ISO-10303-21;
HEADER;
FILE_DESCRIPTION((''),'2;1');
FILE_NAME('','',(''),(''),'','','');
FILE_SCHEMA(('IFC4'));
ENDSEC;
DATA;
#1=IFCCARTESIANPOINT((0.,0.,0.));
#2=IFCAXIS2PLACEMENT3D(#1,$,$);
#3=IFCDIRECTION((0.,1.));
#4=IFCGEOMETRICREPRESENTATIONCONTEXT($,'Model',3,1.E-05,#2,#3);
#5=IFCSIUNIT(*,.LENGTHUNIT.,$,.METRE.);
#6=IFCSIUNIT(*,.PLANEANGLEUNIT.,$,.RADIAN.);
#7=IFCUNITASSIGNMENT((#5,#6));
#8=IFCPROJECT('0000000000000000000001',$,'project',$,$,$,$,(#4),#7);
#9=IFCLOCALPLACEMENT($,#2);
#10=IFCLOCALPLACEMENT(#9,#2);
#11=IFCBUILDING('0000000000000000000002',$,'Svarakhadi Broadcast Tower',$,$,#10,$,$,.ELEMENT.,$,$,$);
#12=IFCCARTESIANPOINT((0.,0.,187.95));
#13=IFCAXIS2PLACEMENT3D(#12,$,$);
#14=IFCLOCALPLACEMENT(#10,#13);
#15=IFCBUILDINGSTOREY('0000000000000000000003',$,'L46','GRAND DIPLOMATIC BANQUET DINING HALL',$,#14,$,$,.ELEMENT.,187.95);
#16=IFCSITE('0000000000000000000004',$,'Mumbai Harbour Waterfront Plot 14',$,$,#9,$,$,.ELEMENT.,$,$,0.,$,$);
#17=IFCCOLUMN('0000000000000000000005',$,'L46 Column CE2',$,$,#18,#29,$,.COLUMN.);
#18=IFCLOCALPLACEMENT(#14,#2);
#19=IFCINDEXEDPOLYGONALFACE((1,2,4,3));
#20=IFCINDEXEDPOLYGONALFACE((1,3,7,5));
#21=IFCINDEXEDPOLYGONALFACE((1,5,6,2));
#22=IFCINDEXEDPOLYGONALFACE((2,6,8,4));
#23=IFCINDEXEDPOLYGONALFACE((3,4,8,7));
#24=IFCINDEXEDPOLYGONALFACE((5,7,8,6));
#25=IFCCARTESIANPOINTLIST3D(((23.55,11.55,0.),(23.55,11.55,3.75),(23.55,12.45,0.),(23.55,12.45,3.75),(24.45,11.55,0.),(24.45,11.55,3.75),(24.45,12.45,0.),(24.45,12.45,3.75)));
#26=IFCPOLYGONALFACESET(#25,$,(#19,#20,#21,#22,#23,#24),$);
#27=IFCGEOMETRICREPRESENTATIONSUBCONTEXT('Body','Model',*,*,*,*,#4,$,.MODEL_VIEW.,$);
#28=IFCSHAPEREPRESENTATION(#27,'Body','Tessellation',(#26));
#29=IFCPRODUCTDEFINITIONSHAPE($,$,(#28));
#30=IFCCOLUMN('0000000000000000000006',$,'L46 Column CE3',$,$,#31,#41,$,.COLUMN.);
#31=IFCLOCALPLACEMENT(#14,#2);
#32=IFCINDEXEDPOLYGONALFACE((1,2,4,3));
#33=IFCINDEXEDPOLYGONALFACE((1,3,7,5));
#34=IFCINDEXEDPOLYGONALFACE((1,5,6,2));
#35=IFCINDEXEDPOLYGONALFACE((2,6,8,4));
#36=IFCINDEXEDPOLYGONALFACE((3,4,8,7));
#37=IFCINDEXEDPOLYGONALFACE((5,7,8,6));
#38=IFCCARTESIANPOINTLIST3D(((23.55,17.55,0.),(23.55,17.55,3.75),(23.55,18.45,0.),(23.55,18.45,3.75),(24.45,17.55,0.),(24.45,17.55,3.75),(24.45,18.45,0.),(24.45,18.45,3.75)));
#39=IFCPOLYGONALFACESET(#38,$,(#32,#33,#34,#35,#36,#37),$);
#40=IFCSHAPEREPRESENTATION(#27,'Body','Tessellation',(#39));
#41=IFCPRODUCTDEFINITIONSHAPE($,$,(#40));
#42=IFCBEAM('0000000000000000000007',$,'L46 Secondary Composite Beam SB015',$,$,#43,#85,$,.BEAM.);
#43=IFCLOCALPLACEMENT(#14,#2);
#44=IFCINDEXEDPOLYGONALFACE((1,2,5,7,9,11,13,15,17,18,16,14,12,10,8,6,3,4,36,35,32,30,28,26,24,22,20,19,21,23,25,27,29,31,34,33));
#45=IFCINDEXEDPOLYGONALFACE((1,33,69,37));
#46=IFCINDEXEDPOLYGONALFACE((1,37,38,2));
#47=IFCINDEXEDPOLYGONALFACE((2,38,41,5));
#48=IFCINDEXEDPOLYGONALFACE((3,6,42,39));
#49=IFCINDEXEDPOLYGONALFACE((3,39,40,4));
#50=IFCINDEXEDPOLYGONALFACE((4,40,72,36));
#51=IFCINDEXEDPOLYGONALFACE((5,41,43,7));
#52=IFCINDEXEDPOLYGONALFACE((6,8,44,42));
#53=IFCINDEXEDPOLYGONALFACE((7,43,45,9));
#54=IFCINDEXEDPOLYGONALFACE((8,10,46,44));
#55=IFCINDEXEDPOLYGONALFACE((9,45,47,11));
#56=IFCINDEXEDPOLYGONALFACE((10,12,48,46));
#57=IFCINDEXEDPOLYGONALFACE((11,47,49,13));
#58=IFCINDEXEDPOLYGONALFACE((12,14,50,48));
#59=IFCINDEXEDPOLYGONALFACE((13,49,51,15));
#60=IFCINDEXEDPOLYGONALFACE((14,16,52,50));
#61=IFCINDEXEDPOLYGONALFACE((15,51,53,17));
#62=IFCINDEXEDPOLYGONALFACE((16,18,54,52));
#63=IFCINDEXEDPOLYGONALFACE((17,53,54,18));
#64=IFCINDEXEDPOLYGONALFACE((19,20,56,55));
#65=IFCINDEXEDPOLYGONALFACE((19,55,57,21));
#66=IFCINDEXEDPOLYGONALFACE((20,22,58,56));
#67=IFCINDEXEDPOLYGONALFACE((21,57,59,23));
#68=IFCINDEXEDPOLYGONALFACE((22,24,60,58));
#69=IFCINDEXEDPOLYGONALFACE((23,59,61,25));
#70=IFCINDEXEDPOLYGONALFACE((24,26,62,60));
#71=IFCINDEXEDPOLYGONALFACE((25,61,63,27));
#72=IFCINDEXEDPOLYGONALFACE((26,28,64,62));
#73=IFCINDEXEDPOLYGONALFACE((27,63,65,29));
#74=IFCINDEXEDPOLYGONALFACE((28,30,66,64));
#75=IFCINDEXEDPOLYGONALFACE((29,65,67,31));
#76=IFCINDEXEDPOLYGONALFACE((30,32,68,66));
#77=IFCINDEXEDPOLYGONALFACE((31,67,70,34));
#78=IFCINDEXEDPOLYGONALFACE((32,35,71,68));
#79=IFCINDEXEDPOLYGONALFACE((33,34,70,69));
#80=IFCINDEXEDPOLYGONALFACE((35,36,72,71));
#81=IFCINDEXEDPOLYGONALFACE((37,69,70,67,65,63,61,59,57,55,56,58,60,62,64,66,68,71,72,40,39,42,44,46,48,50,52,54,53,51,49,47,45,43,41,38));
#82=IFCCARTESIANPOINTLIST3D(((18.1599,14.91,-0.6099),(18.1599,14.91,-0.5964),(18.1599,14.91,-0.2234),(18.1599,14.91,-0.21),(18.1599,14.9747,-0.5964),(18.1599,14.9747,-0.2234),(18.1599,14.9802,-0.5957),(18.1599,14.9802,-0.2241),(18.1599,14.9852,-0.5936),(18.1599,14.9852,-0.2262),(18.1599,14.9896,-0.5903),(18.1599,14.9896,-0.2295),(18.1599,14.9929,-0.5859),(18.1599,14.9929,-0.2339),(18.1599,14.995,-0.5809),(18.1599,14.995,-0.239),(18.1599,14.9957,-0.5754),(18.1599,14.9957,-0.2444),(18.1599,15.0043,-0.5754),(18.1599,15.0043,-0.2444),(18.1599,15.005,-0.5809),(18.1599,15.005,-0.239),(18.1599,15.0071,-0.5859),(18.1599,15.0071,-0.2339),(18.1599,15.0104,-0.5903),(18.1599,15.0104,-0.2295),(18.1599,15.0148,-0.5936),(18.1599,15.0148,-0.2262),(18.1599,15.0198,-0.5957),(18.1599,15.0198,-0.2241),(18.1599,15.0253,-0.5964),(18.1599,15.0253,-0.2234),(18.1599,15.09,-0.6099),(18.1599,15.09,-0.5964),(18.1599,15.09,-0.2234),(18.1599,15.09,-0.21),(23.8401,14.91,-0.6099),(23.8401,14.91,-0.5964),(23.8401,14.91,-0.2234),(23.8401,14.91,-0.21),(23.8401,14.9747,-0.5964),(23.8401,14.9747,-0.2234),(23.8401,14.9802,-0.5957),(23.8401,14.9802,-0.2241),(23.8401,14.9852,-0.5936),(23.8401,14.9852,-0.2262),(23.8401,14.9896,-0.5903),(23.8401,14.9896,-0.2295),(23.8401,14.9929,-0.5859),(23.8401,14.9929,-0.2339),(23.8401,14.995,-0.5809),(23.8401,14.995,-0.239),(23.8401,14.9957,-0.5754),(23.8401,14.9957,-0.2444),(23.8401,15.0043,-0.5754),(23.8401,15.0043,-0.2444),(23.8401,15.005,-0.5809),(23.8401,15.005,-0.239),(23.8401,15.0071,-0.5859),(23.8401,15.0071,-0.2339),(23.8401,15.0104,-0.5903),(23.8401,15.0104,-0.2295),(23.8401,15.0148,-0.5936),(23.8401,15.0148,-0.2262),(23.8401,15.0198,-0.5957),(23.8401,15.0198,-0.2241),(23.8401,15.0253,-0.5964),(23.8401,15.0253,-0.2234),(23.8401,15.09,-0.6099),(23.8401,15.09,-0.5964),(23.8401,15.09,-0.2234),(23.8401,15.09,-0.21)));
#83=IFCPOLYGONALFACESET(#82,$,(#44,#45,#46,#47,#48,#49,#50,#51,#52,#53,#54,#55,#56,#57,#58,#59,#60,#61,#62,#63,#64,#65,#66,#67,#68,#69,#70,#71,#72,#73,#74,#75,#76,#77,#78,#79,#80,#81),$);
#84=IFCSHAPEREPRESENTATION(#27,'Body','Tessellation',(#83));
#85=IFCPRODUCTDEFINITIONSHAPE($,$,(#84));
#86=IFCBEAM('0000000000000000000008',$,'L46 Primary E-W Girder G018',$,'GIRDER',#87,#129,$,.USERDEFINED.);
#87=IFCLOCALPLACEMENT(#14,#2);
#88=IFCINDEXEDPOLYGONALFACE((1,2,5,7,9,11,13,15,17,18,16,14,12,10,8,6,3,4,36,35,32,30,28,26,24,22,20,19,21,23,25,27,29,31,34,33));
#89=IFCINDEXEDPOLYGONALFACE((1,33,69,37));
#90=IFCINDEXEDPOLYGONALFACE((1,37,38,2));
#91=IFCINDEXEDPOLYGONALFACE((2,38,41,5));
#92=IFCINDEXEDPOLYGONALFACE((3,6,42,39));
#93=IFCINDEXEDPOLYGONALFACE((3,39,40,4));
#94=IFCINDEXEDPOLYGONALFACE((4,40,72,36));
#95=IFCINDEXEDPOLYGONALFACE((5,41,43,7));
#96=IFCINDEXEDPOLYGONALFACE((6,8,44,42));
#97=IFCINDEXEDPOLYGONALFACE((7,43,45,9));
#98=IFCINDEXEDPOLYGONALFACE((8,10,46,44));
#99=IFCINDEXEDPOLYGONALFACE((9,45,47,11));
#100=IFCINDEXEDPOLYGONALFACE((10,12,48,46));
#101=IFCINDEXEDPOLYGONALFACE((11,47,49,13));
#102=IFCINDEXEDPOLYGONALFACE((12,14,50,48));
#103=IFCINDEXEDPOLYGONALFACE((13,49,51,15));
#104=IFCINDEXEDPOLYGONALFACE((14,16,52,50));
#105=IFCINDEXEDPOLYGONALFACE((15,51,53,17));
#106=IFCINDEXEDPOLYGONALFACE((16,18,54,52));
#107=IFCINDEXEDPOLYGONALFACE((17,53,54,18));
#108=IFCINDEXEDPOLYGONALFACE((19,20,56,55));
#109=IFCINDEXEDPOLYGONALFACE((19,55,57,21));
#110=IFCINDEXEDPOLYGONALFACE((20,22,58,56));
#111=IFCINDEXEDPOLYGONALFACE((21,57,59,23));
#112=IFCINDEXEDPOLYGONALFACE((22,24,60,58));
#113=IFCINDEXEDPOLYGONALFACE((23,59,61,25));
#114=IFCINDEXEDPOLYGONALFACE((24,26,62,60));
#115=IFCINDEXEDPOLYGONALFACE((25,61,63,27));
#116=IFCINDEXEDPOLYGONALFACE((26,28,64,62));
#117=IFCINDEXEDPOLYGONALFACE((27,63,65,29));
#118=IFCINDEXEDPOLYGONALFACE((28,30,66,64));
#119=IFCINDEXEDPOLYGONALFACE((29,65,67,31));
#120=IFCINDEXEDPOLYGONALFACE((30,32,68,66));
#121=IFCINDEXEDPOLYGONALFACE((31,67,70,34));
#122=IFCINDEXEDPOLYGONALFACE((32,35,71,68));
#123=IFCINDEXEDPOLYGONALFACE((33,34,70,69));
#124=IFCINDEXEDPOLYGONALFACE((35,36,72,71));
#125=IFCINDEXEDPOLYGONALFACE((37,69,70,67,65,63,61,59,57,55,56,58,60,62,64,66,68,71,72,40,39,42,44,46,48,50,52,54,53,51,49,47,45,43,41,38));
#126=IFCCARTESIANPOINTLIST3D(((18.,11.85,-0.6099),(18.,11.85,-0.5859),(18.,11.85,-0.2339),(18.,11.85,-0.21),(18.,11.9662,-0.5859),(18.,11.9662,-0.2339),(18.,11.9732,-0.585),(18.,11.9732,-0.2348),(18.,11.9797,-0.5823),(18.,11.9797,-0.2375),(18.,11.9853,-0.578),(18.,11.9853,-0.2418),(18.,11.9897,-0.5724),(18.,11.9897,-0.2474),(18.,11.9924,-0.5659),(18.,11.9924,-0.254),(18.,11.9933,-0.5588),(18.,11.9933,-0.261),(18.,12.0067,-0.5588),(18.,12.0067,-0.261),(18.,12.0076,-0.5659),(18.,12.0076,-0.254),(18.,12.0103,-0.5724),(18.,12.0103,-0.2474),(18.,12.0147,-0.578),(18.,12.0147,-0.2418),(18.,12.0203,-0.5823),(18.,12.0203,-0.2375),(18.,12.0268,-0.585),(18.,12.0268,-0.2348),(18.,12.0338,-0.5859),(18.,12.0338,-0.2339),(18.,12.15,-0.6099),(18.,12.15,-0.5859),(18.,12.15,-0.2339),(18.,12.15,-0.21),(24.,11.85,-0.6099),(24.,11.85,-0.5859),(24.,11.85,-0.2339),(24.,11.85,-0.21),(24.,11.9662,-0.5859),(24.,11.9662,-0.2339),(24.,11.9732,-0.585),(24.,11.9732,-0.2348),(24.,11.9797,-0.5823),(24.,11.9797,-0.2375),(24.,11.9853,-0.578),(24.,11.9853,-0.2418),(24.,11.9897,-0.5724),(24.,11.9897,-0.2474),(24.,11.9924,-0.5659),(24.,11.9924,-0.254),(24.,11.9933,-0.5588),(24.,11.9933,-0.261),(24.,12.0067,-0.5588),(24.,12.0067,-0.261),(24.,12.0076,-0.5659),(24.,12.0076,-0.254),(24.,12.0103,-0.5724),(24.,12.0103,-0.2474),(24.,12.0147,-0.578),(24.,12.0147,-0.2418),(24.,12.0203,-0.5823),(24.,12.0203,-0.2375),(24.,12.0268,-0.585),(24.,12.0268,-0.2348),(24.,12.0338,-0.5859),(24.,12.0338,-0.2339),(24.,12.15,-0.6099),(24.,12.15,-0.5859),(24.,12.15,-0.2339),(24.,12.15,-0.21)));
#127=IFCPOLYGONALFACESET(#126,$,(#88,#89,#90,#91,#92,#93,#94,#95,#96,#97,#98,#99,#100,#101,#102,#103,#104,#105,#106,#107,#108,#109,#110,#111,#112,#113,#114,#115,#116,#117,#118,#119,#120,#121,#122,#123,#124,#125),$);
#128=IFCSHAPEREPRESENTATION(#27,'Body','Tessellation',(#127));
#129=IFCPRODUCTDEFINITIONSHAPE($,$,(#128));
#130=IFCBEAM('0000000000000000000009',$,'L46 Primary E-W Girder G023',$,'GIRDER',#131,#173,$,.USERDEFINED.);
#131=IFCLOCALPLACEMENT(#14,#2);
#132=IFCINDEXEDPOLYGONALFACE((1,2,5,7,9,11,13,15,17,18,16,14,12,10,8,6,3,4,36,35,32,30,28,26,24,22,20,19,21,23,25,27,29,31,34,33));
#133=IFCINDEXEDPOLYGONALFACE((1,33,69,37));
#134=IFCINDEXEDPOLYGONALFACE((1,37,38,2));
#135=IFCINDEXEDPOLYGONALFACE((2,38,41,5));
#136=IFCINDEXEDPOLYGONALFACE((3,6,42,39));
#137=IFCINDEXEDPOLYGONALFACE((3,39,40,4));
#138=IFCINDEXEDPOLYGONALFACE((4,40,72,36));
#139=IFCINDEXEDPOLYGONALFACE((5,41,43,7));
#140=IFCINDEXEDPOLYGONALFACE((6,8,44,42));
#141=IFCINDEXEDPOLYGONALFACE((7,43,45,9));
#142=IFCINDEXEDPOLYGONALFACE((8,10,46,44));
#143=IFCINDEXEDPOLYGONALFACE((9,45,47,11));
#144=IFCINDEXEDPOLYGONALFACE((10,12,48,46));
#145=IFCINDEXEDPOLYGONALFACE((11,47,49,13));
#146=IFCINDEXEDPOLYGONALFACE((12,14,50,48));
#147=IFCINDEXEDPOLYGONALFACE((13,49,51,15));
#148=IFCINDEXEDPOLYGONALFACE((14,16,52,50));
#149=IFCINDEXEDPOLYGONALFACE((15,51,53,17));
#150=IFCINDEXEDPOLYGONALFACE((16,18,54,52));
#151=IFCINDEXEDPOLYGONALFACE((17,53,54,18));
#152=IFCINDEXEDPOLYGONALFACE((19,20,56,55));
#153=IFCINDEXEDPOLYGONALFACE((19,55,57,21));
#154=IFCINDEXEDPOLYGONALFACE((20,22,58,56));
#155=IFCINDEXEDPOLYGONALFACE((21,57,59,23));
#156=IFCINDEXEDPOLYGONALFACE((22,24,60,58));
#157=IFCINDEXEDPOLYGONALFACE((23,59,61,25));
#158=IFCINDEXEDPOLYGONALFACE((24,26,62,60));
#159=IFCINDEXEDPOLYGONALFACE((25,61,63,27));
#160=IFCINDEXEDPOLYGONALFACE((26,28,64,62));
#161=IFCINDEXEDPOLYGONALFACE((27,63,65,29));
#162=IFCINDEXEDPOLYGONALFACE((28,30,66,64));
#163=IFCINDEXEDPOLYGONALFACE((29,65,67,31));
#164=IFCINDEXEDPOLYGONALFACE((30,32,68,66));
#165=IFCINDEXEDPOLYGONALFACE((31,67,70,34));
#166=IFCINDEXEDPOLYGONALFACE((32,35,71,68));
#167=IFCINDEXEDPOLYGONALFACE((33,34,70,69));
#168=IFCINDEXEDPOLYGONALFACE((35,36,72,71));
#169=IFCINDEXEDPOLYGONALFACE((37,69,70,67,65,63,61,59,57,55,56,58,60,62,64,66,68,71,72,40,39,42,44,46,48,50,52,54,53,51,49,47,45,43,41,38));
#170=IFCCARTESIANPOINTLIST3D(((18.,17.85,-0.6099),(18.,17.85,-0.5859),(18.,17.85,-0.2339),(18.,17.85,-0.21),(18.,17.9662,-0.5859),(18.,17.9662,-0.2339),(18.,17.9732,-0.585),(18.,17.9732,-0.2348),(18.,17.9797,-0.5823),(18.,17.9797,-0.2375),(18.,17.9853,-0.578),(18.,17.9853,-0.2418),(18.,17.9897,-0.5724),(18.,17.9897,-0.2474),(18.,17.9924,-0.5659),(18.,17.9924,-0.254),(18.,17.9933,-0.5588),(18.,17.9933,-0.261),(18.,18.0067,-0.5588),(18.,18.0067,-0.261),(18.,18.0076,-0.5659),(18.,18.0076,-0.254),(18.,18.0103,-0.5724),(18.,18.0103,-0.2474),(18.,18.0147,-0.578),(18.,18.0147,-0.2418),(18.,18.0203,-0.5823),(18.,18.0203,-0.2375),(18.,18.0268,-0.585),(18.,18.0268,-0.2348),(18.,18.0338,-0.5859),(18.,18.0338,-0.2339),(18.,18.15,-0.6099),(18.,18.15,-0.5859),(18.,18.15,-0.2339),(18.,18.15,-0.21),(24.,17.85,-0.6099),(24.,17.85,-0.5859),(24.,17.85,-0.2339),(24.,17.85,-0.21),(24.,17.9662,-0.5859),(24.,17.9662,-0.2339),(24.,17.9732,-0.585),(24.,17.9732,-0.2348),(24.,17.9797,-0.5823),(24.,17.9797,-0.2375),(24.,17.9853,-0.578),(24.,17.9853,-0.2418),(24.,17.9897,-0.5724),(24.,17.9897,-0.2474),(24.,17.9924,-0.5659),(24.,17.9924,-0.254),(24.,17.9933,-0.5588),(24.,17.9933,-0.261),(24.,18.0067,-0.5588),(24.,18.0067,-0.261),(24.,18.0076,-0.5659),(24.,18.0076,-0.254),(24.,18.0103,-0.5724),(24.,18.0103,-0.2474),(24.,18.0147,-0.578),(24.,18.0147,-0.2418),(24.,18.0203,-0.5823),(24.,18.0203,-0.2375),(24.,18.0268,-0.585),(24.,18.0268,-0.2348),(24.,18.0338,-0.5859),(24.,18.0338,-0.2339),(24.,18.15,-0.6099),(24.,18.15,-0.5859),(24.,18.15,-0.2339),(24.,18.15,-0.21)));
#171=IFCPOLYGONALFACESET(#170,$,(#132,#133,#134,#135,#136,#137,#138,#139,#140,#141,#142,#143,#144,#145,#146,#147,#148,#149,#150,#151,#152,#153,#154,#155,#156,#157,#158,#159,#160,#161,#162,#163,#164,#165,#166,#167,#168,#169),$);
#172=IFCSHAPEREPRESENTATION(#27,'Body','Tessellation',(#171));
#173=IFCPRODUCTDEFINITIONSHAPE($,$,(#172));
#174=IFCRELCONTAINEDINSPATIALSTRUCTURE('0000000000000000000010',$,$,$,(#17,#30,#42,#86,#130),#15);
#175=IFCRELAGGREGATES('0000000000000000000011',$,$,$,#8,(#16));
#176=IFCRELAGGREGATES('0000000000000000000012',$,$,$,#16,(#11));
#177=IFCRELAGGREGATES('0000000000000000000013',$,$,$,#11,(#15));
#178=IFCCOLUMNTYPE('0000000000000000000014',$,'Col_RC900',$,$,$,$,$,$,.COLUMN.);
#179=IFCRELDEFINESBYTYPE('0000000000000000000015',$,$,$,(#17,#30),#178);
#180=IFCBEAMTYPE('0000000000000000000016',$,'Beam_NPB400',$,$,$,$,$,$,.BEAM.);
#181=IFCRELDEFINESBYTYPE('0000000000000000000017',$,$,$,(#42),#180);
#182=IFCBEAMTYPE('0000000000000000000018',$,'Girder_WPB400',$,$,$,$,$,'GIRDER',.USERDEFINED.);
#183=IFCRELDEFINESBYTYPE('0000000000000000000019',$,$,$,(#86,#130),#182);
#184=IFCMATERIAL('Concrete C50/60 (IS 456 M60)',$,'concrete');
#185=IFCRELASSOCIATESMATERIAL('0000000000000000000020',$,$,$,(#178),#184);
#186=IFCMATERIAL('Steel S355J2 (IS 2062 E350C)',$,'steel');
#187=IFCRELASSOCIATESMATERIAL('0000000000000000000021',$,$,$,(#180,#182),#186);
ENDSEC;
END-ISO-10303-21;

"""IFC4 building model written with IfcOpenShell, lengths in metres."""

from ifc_helpers import new_model, si_unit, direction, frame, origin, origin_2d, place, context, subcontext, project, spatial, rectangle, i_section, extrude, material, material_profile, profile_set, type_object, element, save


model = new_model("IFC4")

# Units and contexts
model_context = context("Model", 3, precision=1e-05, world=origin(), true_north=direction((0.0, 1.0)))
body_context = subcontext(model_context, "Body", "Model", "MODEL_VIEW")
ifc_project = project(units=[si_unit("LENGTHUNIT", "METRE"), si_unit("PLANEANGLEUNIT", "RADIAN")], contexts=[model_context])

# Site, building, storey
site_placement = place(None, origin())
site = spatial("IfcSite", under=ifc_project, at=site_placement, Name="Mumbai Harbour Waterfront Plot 14", CompositionType="ELEMENT", RefElevation=0.0)
building_placement = place(site_placement, origin())
building = spatial("IfcBuilding", under=site, at=building_placement, Name="Svarakhadi Broadcast Tower", CompositionType="ELEMENT")
storey_placement = place(building_placement, frame((0.0, 0.0, 187.95)))
storey = spatial("IfcBuildingStorey", under=building, at=storey_placement, Name="L46", Description="GRAND DIPLOMATIC BANQUET DINING HALL", CompositionType="ELEMENT", Elevation=187.95)

# Columns
ifc_material_1 = material(Name="Concrete C50/60 (IS 456 M60)", Category="concrete")
ifc_material_profile_1 = material_profile(ifc_material_1, rectangle(XDim=0.8999, YDim=0.8999, at=origin_2d()), Name="RC 900x900")
ifc_profile_set_1 = profile_set([ifc_material_profile_1], Name="Concrete C50/60 (IS 456 M60)")
column_type = type_object("IfcColumnType", Name="Col_RC900", PredefinedType="COLUMN", material=ifc_profile_set_1)
for number, where, z_axis, x_axis, name in (
    (1, (24.0, 12.0, 0.0), (0.0, 0.0, 1.0), (1.0, 0.0, 0.0), "L46 Column CE2"),
    (2, (24.0, 18.0, 0.0), (0.0, 0.0, 1.0), (1.0, 0.0, 0.0), "L46 Column CE3"),
):
    element("IfcColumn", number, at=place(storey_placement, frame(where, z_axis=z_axis, x_axis=x_axis)), inside=storey, type_object=column_type, Name=name, PredefinedType="COLUMN", context=body_context, shape_type="SweptSolid", body=[
        extrude(rectangle(XDim=0.8999, YDim=0.8999, at=origin_2d()), origin(), (0.0, 0.0, 1.0), 3.75),
    ])

# Beams
ifc_material_2 = material(Name="Steel S355J2 (IS 2062 E350C)", Category="steel")
ifc_material_profile_2 = material_profile(ifc_material_2, i_section(OverallWidth=0.1799, OverallDepth=0.3999, WebThickness=0.0085, FlangeThickness=0.0134, FilletRadius=0.021, at=origin_2d()), Name="NPB 400x180x66")
ifc_profile_set_2 = profile_set([ifc_material_profile_2], Name="Steel S355J2 (IS 2062 E350C)")
beam_type_1 = type_object("IfcBeamType", Name="Beam_NPB400", PredefinedType="BEAM", material=ifc_profile_set_2)
beam_placement = place(storey_placement, frame((18.1599, 15.0, -0.4099), z_axis=(1.0, 0.0, 0.0), x_axis=(0.0, 1.0, 0.0)))
element("IfcBeam", 3, at=beam_placement, inside=storey, type_object=beam_type_1, Name="L46 Secondary Composite Beam SB015", PredefinedType="BEAM", context=body_context, shape_type="SweptSolid", body=[
    extrude(i_section(OverallWidth=0.1799, OverallDepth=0.3999, WebThickness=0.0085, FlangeThickness=0.0134, FilletRadius=0.021, at=origin_2d()), origin(), (0.0, 0.0, 1.0), 5.6802),
])
ifc_material_profile_3 = material_profile(ifc_material_2, i_section(OverallWidth=0.3, OverallDepth=0.3999, WebThickness=0.0134, FlangeThickness=0.0239, FilletRadius=0.0271, at=origin_2d()), Name="WPB 400x300x155")
ifc_profile_set_3 = profile_set([ifc_material_profile_3], Name="Steel S355J2 (IS 2062 E350C)")
beam_type_2 = type_object("IfcBeamType", Name="Girder_WPB400", ElementType="GIRDER", PredefinedType="USERDEFINED", material=ifc_profile_set_3)
for number, where, z_axis, x_axis, name in (
    (4, (18.0, 12.0, -0.4099), (1.0, 0.0, 0.0), (0.0, 1.0, 0.0), "L46 Primary E-W Girder G018"),
    (5, (18.0, 18.0, -0.4099), (1.0, 0.0, 0.0), (0.0, 1.0, 0.0), "L46 Primary E-W Girder G023"),
):
    element("IfcBeam", number, at=place(storey_placement, frame(where, z_axis=z_axis, x_axis=x_axis)), inside=storey, type_object=beam_type_2, Name=name, ObjectType="GIRDER", PredefinedType="USERDEFINED", context=body_context, shape_type="SweptSolid", body=[
        extrude(i_section(OverallWidth=0.3, OverallDepth=0.3999, WebThickness=0.0134, FlangeThickness=0.0239, FilletRadius=0.0271, at=origin_2d()), origin(), (0.0, 0.0, 1.0), 6.0),
    ])

save(model, "model.ifc")
